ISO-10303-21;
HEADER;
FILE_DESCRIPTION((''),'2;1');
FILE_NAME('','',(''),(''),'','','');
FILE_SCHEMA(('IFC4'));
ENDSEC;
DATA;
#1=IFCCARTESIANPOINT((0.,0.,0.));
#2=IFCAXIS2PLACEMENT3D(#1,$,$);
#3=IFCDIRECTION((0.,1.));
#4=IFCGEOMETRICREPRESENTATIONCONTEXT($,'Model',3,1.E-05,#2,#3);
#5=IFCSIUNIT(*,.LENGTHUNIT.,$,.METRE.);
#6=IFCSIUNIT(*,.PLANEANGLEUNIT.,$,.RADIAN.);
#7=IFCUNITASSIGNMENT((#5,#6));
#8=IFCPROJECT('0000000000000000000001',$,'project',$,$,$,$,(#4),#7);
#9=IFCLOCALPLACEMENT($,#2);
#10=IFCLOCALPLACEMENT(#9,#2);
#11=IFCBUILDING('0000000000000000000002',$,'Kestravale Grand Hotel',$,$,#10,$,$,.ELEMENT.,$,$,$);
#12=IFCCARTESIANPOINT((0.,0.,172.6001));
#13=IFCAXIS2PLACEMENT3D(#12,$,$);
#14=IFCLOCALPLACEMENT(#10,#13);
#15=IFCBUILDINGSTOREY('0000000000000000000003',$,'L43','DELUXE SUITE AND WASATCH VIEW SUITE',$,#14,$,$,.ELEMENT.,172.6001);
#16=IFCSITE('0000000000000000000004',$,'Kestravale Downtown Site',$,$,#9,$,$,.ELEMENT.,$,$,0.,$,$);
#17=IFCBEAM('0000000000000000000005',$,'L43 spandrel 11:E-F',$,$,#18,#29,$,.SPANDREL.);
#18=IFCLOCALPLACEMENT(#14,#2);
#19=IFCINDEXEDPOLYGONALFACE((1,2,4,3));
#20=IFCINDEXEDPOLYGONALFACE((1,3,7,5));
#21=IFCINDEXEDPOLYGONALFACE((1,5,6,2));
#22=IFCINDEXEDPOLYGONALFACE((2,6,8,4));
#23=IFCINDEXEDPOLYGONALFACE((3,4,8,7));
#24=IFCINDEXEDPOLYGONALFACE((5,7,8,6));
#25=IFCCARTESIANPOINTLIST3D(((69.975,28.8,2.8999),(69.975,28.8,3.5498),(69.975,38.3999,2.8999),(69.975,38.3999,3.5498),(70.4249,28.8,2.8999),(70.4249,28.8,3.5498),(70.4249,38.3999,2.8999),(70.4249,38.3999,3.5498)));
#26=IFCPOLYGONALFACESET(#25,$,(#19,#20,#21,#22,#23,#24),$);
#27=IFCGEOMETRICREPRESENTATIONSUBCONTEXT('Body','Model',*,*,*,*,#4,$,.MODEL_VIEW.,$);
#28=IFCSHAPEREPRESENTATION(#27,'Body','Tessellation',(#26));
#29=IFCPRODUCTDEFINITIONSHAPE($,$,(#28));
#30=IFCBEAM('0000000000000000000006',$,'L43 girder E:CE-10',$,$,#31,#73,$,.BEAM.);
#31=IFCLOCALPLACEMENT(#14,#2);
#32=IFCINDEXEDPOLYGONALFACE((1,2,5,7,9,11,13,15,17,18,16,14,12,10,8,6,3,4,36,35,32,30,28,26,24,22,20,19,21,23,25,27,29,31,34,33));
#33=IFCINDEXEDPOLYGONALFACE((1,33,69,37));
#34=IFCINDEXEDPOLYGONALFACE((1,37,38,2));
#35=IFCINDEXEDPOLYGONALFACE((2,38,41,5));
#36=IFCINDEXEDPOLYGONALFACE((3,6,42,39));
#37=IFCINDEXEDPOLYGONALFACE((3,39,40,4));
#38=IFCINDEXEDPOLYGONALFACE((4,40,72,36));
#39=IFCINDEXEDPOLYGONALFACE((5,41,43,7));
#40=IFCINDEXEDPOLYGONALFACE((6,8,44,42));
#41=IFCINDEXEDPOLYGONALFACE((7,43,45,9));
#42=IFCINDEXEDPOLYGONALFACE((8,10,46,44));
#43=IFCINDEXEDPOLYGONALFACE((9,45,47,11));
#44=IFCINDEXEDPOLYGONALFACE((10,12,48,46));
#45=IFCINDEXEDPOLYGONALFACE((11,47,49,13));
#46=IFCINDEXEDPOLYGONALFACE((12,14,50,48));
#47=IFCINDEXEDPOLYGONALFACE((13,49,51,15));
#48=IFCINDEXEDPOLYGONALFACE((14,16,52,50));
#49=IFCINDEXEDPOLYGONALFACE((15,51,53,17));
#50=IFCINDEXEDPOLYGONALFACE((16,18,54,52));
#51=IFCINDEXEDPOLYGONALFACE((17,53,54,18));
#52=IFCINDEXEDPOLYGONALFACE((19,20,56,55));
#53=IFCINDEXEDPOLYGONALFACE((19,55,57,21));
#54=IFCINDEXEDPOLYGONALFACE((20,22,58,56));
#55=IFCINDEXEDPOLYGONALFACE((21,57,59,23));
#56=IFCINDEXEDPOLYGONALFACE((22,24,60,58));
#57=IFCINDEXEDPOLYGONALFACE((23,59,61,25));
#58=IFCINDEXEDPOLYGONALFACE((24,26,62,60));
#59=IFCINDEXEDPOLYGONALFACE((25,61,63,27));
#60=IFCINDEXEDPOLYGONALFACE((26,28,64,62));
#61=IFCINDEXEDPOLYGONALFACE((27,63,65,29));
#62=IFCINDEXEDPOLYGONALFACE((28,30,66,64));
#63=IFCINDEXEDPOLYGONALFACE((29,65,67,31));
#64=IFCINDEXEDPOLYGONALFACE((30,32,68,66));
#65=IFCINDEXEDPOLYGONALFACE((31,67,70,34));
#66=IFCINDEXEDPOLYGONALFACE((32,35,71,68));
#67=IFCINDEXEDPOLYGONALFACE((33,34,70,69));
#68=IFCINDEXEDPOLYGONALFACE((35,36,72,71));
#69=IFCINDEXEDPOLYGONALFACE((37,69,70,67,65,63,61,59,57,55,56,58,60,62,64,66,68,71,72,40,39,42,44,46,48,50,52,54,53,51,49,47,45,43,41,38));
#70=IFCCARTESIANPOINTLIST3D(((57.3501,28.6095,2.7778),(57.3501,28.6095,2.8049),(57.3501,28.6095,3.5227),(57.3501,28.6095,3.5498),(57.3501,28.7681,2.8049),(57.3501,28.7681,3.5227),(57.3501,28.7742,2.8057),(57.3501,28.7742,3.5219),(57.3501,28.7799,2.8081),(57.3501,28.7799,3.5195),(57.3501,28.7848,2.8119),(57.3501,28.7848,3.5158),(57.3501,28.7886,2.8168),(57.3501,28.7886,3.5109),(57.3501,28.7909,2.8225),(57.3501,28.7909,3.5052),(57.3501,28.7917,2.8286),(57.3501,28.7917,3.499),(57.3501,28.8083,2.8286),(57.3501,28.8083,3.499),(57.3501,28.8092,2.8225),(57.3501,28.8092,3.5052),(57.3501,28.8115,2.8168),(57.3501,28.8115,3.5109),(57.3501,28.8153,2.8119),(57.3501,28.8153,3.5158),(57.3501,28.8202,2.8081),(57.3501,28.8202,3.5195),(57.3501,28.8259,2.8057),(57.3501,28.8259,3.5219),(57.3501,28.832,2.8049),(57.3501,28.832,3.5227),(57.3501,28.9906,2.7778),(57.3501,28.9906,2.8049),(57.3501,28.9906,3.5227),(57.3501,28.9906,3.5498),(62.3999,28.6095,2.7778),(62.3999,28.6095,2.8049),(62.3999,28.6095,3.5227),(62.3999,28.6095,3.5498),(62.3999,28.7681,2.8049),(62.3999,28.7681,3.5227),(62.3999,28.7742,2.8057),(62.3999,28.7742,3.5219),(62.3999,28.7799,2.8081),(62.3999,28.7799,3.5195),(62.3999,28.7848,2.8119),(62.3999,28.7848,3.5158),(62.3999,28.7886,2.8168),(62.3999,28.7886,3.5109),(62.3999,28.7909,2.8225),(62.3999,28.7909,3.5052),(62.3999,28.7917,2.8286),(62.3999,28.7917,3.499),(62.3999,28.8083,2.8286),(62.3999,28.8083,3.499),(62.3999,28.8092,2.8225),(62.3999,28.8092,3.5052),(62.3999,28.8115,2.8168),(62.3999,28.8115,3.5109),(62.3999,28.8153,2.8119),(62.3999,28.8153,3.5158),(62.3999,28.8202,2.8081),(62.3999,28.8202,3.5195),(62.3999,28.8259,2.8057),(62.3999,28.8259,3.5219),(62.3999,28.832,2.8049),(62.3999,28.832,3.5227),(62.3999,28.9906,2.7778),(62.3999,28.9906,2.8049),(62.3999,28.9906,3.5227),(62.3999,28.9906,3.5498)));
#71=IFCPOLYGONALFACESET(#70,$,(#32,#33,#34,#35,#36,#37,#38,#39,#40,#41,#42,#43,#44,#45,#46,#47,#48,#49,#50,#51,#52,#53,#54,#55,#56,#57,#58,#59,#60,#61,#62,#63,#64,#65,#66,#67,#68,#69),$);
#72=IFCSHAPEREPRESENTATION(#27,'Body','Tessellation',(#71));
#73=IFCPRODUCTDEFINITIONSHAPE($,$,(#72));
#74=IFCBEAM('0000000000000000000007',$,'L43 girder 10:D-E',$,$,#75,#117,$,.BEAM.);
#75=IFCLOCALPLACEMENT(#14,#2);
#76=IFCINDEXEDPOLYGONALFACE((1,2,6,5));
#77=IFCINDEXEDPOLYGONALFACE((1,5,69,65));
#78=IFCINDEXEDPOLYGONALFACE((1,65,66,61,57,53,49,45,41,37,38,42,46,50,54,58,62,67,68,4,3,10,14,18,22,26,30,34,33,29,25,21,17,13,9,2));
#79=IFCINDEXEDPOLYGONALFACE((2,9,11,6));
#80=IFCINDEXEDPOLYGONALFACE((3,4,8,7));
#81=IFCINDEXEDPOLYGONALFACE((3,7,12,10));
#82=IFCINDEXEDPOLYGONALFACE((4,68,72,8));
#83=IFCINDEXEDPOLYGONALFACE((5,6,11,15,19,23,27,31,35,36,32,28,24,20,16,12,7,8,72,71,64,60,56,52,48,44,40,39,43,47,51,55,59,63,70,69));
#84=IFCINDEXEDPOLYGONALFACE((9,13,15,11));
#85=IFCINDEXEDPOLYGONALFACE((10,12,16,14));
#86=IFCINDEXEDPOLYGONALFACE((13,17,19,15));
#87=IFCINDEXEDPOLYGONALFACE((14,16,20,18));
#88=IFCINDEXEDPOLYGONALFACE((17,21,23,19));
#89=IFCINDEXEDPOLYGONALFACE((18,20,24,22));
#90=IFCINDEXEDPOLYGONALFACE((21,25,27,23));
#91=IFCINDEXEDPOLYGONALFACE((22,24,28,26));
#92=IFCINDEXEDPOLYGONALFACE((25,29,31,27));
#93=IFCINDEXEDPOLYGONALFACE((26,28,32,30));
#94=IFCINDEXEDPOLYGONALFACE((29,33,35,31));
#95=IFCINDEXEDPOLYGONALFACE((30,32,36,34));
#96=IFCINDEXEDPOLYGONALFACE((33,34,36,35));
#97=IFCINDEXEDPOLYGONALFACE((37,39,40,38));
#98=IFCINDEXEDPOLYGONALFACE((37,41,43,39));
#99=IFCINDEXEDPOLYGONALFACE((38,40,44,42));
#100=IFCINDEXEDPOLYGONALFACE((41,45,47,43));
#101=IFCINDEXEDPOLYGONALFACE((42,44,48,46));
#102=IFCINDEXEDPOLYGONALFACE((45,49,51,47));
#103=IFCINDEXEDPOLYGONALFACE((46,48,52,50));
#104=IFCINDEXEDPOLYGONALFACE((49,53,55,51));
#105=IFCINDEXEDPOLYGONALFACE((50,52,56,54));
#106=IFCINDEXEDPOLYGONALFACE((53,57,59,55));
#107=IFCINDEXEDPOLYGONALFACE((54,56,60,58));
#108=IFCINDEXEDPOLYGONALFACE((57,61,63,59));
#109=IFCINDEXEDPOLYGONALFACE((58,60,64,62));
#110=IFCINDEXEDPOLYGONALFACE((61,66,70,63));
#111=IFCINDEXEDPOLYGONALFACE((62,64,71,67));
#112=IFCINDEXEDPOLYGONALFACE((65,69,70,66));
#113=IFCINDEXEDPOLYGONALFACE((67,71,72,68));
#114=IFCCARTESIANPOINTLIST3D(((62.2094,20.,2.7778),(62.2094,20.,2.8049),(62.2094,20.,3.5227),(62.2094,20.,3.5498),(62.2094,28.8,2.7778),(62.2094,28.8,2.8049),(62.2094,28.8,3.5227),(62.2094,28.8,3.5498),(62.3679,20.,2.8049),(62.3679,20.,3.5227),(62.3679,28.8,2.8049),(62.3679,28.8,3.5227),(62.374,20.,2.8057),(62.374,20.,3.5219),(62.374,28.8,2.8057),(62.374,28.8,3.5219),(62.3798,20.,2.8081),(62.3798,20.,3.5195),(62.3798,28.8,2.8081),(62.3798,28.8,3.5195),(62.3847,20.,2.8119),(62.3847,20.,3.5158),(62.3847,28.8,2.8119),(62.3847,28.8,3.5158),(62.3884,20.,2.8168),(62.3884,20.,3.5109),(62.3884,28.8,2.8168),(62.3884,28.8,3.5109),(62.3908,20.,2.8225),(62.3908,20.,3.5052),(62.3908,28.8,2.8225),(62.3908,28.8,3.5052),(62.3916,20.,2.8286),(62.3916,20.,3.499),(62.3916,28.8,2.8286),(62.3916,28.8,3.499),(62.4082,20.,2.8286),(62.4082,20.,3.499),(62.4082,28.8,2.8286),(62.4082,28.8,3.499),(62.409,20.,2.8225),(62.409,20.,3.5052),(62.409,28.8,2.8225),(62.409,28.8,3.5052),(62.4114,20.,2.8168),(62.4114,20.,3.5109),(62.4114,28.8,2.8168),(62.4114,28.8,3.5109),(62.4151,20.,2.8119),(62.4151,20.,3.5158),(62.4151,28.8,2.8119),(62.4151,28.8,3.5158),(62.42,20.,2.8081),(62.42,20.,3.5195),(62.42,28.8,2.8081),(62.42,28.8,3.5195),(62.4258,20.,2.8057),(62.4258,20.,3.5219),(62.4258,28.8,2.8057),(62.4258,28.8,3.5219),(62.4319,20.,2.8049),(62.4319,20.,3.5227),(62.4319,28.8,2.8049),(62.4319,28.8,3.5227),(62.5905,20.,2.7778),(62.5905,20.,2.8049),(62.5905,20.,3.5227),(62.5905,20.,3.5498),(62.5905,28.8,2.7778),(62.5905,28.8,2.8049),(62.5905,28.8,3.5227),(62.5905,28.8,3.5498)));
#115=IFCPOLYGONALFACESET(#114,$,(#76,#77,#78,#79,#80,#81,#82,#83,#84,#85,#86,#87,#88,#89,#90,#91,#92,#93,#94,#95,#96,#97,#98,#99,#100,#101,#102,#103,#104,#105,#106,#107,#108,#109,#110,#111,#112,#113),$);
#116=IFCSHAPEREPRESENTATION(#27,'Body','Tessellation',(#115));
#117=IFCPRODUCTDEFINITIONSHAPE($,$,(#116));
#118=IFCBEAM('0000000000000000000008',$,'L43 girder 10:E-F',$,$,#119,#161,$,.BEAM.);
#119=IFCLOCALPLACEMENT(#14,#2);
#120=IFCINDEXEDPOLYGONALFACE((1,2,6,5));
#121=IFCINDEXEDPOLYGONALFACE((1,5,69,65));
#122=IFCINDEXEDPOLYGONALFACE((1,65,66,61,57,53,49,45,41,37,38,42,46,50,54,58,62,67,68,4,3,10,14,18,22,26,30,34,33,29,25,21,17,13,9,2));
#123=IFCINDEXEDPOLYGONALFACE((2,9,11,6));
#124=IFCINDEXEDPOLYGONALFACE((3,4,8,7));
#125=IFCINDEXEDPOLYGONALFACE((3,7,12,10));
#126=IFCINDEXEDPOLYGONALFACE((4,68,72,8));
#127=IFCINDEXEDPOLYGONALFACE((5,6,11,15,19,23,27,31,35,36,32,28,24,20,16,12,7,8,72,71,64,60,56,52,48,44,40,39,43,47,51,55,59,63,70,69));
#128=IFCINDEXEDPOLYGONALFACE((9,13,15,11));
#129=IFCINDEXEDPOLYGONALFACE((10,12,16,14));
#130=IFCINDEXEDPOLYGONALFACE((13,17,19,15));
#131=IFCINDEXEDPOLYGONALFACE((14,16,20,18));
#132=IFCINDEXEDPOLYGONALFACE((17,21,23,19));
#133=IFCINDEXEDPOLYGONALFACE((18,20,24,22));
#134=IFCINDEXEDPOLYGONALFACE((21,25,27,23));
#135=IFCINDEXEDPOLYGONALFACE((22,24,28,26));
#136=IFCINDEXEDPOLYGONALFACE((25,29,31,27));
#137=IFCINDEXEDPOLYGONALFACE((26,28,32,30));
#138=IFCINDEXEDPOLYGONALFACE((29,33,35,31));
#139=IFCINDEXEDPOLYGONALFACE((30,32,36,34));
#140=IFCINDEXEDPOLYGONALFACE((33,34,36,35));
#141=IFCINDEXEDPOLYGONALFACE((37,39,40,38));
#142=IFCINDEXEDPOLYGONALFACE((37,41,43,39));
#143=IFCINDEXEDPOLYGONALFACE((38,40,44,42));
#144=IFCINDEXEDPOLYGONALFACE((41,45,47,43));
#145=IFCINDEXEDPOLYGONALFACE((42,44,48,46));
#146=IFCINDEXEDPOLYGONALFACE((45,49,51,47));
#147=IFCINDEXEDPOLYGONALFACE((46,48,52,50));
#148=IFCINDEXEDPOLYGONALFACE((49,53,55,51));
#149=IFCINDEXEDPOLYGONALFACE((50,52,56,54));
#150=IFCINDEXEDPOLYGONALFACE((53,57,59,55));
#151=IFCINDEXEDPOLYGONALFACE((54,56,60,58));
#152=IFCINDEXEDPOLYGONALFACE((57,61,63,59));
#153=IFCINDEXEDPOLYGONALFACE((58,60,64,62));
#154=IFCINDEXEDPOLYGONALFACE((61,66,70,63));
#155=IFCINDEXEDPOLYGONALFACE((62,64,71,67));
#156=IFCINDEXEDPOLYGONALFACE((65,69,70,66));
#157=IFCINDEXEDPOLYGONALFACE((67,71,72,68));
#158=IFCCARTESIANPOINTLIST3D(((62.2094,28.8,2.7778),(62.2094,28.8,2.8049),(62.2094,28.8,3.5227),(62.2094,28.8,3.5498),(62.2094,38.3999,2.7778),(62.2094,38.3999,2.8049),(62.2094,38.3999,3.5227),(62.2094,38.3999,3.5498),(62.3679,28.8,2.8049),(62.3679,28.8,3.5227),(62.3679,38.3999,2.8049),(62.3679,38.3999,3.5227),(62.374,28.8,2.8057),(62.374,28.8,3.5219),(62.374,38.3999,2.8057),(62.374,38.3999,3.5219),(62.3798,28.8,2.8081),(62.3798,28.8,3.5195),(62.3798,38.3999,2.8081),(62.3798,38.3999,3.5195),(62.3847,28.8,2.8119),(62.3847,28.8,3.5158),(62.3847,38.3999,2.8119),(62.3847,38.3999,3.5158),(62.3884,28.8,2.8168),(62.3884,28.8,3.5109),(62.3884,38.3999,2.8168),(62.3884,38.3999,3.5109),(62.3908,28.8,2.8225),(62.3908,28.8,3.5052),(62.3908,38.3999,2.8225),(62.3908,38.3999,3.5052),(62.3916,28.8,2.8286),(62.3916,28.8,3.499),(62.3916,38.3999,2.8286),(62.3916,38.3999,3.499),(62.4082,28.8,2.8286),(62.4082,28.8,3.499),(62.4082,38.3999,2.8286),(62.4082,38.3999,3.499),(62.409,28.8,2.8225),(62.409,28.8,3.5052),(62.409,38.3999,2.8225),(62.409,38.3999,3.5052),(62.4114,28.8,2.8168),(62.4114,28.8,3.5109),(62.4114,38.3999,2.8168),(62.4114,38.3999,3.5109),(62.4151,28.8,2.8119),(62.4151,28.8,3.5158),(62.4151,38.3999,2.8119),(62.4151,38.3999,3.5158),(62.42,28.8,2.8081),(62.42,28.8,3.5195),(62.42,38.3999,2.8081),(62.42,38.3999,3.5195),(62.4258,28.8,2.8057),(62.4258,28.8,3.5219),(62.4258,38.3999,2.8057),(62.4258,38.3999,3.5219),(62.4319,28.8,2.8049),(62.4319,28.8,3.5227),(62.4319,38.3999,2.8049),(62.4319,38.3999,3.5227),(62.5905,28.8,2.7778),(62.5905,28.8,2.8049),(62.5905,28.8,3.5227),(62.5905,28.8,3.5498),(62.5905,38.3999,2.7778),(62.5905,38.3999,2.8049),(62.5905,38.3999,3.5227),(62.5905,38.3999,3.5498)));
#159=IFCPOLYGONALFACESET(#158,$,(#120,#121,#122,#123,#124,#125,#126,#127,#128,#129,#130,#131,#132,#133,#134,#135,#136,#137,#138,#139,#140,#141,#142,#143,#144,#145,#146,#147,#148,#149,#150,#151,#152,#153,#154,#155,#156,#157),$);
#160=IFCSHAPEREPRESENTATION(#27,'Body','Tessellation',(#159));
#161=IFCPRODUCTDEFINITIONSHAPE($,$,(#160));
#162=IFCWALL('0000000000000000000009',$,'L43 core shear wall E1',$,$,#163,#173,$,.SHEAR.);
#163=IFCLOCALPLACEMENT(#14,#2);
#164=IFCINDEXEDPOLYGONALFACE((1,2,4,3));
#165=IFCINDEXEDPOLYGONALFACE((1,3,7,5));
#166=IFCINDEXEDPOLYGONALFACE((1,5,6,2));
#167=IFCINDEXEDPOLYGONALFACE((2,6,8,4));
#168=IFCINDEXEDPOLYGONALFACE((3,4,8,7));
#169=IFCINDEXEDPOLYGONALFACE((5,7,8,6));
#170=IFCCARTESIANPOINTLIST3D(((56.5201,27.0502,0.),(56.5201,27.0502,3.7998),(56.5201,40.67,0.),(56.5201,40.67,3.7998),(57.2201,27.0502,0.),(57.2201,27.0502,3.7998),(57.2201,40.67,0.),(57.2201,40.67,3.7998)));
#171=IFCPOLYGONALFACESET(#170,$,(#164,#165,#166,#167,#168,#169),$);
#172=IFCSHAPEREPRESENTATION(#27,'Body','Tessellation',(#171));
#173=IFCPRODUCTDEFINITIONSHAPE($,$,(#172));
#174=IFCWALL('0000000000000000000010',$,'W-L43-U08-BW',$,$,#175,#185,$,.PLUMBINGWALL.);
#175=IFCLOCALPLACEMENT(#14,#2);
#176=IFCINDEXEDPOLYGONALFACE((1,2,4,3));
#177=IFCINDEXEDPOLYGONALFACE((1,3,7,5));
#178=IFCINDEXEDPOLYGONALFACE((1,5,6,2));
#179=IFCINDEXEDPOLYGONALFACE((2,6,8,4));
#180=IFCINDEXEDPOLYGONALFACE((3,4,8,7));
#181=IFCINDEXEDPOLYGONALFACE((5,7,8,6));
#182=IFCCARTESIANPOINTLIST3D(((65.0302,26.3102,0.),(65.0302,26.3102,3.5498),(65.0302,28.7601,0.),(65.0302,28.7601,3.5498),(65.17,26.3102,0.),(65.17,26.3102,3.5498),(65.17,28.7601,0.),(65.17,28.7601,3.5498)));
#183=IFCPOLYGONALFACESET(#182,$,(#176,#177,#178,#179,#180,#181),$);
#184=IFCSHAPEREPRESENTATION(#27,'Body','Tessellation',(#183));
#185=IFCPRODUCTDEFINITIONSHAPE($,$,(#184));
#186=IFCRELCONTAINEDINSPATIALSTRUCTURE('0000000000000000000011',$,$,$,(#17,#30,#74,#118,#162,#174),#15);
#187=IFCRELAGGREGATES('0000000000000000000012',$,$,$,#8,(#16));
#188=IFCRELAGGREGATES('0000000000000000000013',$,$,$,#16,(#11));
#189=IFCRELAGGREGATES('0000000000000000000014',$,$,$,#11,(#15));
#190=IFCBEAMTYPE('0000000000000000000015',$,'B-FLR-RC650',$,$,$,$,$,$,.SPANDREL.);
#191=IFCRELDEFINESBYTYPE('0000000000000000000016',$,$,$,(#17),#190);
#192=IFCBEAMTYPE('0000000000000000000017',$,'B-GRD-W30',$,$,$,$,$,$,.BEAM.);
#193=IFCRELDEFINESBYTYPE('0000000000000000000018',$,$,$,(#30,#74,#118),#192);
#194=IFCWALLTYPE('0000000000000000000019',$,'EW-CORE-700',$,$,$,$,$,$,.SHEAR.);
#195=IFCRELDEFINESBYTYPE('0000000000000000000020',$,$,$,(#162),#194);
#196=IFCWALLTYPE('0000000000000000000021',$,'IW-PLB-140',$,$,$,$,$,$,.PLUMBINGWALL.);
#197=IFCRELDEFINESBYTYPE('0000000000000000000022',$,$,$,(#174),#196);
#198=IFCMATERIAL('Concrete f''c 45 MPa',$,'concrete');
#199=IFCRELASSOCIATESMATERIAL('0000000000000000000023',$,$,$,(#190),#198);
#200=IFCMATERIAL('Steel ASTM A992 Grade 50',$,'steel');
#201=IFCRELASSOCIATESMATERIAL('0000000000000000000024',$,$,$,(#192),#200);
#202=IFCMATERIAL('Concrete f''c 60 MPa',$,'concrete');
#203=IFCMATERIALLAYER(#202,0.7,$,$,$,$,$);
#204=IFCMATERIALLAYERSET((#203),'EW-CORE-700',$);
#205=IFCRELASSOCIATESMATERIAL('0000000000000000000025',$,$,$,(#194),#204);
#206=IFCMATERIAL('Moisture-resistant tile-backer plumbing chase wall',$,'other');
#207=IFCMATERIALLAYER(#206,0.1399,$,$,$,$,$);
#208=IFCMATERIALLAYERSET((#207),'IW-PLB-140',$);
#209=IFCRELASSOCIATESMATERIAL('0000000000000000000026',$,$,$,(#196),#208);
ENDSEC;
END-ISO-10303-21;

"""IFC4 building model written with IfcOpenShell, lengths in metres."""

from ifc_helpers import new_model, si_unit, direction, frame, frame_2d, origin, origin_2d, place, context, subcontext, project, spatial, rectangle, i_section, extrude, material, layer, layer_set, material_profile, profile_set, type_object, element, save


model = new_model("IFC4")

# Units and contexts
model_context = context("Model", 3, precision=1e-05, world=origin(), true_north=direction((0.0, 1.0)))
body_context = subcontext(model_context, "Body", "Model", "MODEL_VIEW")
ifc_project = project(units=[si_unit("LENGTHUNIT", "METRE"), si_unit("PLANEANGLEUNIT", "RADIAN")], contexts=[model_context])

# Site, building, storey
site_placement = place(None, origin())
site = spatial("IfcSite", under=ifc_project, at=site_placement, Name="Kestravale Downtown Site", CompositionType="ELEMENT", RefElevation=0.0)
building_placement = place(site_placement, origin())
building = spatial("IfcBuilding", under=site, at=building_placement, Name="Kestravale Grand Hotel", CompositionType="ELEMENT")
storey_placement = place(building_placement, frame((0.0, 0.0, 172.6001)))
storey = spatial("IfcBuildingStorey", under=building, at=storey_placement, Name="L43", Description="DELUXE SUITE AND WASATCH VIEW SUITE", CompositionType="ELEMENT", Elevation=172.6001)

# Beams
ifc_material_1 = material(Name="Concrete f'c 45 MPa", Category="concrete")
ifc_material_profile_1 = material_profile(ifc_material_1, rectangle(XDim=0.45, YDim=0.6499, at=origin_2d()))
ifc_profile_set_1 = profile_set([ifc_material_profile_1], Name="Concrete f'c 45 MPa")
beam_type_1 = type_object("IfcBeamType", Name="B-FLR-RC650", PredefinedType="SPANDREL", material=ifc_profile_set_1)
beam_1_placement = place(storey_placement, frame((70.2, 28.8, 3.2249), z_axis=(0.0, 1.0, 0.0), x_axis=(-1.0, 0.0, 0.0)))
element("IfcBeam", 1, at=beam_1_placement, inside=storey, type_object=beam_type_1, Name="L43 spandrel 11:E-F", PredefinedType="SPANDREL", context=body_context, shape_type="SweptSolid", body=[
    extrude(rectangle(XDim=0.45, YDim=0.6499, at=origin_2d()), origin(), (0.0, 0.0, 1.0), 9.5999),
])
ifc_material_2 = material(Name="Steel ASTM A992 Grade 50", Category="steel")
ifc_material_profile_2 = material_profile(ifc_material_2, i_section(OverallWidth=0.3811, OverallDepth=0.772, WebThickness=0.0166, FlangeThickness=0.0271, FilletRadius=0.0237, at=origin_2d()))
ifc_profile_set_2 = profile_set([ifc_material_profile_2], Name="Steel ASTM A992 Grade 50")
beam_type_2 = type_object("IfcBeamType", Name="B-GRD-W30", PredefinedType="BEAM", material=ifc_profile_set_2)
beam_2_placement = place(storey_placement, frame((57.3501, 28.8, 3.1638), z_axis=(1.0, 0.0, 0.0), x_axis=(0.0, 1.0, 0.0)))
element("IfcBeam", 2, at=beam_2_placement, inside=storey, type_object=beam_type_2, Name="L43 girder E:CE-10", PredefinedType="BEAM", context=body_context, shape_type="SweptSolid", body=[
    extrude(i_section(OverallWidth=0.3811, OverallDepth=0.772, WebThickness=0.0166, FlangeThickness=0.0271, FilletRadius=0.0237, at=origin_2d()), origin(), (0.0, 0.0, 1.0), 5.0498),
])
beam_3_placement = place(storey_placement, frame((62.3999, 20.0, 3.1638), z_axis=(0.0, 1.0, 0.0), x_axis=(-1.0, 0.0, 0.0)))
element("IfcBeam", 3, at=beam_3_placement, inside=storey, type_object=beam_type_2, Name="L43 girder 10:D-E", PredefinedType="BEAM", context=body_context, shape_type="SweptSolid", body=[
    extrude(i_section(OverallWidth=0.3811, OverallDepth=0.772, WebThickness=0.0166, FlangeThickness=0.0271, FilletRadius=0.0237, at=origin_2d()), origin(), (0.0, 0.0, 1.0), 8.8),
])
beam_4_placement = place(storey_placement, frame((62.3999, 28.8, 3.1638), z_axis=(0.0, 1.0, 0.0), x_axis=(-1.0, 0.0, 0.0)))
element("IfcBeam", 4, at=beam_4_placement, inside=storey, type_object=beam_type_2, Name="L43 girder 10:E-F", PredefinedType="BEAM", context=body_context, shape_type="SweptSolid", body=[
    extrude(i_section(OverallWidth=0.3811, OverallDepth=0.772, WebThickness=0.0166, FlangeThickness=0.0271, FilletRadius=0.0237, at=origin_2d()), origin(), (0.0, 0.0, 1.0), 9.5999),
])

# Walls
ifc_material_3 = material(Name="Concrete f'c 60 MPa", Category="concrete")
ifc_layer_1 = layer(ifc_material_3, 0.7)
ifc_layer_set_1 = layer_set([ifc_layer_1], Name="EW-CORE-700")
wall_type_1 = type_object("IfcWallType", Name="EW-CORE-700", PredefinedType="SHEAR", material=ifc_layer_set_1)
wall_1_placement = place(storey_placement, frame((56.8701, 27.05, 0.0), z_axis=(0.0, 0.0, 1.0), x_axis=(0.0, 1.0, 0.0)))
element("IfcWall", 5, at=wall_1_placement, inside=storey, type_object=wall_type_1, Name="L43 core shear wall E1", PredefinedType="SHEAR", context=body_context, shape_type="SweptSolid", body=[
    extrude(rectangle(XDim=13.6199, YDim=0.7, at=frame_2d((6.8101, 0.0))), origin(), (0.0, 0.0, 1.0), 3.7998),
])
ifc_material_4 = material(Name="Moisture-resistant tile-backer plumbing chase wall", Category="other")
ifc_layer_2 = layer(ifc_material_4, 0.1399)
ifc_layer_set_2 = layer_set([ifc_layer_2], Name="IW-PLB-140")
wall_type_2 = type_object("IfcWallType", Name="IW-PLB-140", PredefinedType="PLUMBINGWALL", material=ifc_layer_set_2)
wall_2_placement = place(storey_placement, frame((65.1001, 26.3101, 0.0), z_axis=(0.0, 0.0, 1.0), x_axis=(0.0, 1.0, 0.0)))
element("IfcWall", 6, at=wall_2_placement, inside=storey, type_object=wall_type_2, Name="W-L43-U08-BW", PredefinedType="PLUMBINGWALL", context=body_context, shape_type="SweptSolid", body=[
    extrude(rectangle(XDim=2.45, YDim=0.1399, at=frame_2d((1.2251, 0.0))), origin(), (0.0, 0.0, 1.0), 3.5498),
])

save(model, "model.ifc")
